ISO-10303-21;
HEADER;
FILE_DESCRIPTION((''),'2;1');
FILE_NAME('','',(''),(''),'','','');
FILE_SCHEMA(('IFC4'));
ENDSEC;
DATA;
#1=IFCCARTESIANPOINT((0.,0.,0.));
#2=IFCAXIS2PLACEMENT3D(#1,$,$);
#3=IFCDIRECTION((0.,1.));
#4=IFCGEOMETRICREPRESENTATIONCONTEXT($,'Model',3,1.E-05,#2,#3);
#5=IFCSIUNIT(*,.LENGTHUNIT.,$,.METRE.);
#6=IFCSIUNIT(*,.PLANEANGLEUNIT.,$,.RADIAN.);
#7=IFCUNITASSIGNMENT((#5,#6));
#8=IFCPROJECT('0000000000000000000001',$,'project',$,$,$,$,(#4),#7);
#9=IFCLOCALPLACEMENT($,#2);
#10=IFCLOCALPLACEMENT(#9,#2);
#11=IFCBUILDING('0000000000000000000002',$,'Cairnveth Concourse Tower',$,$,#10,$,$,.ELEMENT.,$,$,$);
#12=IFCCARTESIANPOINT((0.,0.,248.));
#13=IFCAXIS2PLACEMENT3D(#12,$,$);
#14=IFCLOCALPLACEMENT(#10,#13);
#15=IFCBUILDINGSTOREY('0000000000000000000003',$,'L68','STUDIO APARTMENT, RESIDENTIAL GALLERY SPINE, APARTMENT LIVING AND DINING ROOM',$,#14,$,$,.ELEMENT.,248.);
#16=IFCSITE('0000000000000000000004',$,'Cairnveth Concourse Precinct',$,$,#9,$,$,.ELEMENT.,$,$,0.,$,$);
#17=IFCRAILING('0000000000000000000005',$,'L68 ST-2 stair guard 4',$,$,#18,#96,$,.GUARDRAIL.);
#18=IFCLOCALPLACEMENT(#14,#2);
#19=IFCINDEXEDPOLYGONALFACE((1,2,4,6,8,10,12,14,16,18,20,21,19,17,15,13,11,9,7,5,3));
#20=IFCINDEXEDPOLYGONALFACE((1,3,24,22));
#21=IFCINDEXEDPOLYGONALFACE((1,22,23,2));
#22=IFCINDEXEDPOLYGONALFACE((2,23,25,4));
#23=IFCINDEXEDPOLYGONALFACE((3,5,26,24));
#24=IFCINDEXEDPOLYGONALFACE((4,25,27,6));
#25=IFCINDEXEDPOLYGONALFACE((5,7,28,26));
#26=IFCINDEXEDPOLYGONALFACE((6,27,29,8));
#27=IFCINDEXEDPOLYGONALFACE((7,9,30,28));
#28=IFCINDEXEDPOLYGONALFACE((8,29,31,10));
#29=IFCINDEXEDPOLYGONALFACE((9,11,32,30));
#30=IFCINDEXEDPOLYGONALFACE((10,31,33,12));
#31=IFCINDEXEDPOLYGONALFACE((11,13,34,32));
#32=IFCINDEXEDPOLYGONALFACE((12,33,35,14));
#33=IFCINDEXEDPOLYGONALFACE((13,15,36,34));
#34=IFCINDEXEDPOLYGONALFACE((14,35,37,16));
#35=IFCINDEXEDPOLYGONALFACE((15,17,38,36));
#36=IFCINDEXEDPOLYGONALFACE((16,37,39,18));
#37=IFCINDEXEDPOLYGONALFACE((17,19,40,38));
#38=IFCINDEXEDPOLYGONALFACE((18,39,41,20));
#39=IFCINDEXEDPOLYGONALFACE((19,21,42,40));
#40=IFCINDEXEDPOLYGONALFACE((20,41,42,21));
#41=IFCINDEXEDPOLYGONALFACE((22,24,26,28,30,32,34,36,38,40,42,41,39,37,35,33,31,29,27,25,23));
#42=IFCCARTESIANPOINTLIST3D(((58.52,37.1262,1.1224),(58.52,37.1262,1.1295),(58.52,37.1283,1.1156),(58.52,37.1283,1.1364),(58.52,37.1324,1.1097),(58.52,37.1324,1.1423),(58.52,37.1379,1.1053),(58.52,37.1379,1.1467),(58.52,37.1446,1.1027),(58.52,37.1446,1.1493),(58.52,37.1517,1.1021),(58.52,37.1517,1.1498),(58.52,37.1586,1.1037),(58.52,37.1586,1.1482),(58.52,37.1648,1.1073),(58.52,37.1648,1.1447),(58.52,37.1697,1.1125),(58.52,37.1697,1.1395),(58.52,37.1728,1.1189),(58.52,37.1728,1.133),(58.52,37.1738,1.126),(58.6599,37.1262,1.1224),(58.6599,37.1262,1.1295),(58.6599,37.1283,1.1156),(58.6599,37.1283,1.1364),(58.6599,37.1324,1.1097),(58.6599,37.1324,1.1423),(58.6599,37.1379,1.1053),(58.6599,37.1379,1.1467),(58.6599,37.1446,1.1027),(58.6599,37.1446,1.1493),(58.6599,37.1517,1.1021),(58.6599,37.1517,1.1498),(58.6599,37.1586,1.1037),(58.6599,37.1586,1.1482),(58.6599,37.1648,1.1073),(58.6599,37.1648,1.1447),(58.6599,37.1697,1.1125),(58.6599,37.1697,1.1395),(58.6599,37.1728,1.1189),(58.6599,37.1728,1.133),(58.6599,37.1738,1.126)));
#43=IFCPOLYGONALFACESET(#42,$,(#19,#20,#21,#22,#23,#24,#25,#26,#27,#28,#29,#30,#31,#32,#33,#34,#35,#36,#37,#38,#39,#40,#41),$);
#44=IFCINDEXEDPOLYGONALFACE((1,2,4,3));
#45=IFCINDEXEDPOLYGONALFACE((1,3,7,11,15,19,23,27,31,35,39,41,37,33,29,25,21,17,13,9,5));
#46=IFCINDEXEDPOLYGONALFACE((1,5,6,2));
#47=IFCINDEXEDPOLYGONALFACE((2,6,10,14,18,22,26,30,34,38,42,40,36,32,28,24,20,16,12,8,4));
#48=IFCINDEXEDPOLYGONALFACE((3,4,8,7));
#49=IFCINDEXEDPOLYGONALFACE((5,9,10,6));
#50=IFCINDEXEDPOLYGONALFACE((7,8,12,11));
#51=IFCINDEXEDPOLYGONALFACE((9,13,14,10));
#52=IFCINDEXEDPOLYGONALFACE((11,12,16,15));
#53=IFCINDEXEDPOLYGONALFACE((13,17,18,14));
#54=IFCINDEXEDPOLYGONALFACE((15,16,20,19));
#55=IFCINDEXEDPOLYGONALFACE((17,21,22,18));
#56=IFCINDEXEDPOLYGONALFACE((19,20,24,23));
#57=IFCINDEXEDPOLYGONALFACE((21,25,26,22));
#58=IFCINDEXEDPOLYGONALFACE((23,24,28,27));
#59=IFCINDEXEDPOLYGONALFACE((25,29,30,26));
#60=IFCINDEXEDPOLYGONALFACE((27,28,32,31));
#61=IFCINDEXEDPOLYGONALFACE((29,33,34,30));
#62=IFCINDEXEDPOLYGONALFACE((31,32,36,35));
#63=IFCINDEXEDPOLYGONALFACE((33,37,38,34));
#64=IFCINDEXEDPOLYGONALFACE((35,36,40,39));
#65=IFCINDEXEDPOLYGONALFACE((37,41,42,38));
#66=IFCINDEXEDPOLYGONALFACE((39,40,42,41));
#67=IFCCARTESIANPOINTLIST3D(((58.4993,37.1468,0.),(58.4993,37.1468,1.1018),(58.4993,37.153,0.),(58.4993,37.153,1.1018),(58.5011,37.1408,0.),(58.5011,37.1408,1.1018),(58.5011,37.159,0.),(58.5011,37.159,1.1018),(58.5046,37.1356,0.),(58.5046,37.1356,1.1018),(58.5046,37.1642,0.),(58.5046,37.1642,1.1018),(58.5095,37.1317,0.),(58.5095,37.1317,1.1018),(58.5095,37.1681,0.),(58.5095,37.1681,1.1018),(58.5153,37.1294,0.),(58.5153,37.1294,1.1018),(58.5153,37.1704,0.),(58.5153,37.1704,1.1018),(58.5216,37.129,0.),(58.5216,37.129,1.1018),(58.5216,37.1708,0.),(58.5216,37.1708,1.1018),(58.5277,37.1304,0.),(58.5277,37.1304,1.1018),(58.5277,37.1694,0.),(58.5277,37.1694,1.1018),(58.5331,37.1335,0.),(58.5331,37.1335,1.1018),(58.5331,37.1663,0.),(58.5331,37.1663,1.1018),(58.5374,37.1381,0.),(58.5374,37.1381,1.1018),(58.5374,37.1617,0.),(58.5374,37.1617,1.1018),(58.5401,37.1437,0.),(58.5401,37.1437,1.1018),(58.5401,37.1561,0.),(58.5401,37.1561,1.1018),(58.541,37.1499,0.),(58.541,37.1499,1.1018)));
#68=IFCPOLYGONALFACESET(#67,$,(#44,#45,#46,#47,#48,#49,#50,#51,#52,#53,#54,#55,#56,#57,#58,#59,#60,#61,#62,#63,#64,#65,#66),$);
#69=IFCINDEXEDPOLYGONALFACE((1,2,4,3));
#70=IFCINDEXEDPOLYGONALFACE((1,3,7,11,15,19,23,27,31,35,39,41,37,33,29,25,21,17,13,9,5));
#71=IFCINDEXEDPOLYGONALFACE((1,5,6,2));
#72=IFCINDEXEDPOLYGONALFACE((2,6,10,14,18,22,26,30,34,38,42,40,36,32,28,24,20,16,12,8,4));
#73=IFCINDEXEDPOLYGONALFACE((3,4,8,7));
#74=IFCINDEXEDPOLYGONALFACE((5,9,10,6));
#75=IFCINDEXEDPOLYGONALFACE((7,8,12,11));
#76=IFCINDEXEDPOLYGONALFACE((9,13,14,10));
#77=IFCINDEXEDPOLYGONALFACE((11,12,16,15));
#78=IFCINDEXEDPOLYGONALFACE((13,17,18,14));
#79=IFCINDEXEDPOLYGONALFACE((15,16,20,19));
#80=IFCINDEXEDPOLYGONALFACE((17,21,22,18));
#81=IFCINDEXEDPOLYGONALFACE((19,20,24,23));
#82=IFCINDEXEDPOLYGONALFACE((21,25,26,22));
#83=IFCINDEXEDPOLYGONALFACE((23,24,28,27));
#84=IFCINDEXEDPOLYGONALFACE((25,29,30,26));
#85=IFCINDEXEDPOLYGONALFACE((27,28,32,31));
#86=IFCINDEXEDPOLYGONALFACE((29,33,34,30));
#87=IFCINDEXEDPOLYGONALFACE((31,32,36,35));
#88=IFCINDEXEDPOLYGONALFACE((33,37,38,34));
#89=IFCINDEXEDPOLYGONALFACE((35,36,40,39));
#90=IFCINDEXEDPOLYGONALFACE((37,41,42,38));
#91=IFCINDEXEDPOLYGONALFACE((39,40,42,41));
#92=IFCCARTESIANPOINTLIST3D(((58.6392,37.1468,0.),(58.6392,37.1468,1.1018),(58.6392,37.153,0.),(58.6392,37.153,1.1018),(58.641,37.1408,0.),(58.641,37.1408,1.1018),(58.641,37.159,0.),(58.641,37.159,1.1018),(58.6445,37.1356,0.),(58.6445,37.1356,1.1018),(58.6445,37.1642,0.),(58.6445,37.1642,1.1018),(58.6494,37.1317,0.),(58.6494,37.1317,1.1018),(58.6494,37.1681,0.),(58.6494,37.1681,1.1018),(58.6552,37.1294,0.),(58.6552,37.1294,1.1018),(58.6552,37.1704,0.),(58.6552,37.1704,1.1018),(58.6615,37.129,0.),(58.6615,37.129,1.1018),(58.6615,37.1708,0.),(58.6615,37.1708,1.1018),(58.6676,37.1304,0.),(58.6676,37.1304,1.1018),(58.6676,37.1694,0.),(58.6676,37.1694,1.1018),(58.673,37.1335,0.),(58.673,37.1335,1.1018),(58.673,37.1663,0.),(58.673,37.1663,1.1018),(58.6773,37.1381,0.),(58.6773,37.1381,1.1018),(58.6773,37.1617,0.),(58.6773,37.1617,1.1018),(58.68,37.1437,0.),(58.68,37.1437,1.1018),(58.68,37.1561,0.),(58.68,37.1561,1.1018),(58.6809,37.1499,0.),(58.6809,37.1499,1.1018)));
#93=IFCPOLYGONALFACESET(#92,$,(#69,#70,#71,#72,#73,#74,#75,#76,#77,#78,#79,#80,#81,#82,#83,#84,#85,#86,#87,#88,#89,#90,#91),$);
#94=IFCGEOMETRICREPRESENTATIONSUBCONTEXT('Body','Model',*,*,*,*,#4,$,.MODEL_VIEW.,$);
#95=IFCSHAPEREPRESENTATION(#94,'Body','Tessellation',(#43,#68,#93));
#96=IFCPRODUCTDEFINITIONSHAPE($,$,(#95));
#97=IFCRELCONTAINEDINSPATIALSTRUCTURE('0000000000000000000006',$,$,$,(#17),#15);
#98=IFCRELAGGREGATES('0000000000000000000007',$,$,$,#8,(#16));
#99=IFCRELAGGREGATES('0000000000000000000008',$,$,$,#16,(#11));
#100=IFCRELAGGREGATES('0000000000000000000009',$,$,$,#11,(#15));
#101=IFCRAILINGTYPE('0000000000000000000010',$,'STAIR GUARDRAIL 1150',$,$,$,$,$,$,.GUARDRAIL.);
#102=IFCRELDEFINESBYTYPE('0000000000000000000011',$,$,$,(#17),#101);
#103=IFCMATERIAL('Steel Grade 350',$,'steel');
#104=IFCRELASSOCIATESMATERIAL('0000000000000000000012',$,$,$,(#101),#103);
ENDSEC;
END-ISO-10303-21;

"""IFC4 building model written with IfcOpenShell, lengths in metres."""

from ifc_helpers import new_model, si_unit, direction, frame, origin, origin_2d, place, context, subcontext, project, spatial, circle, extrude, material, type_object, element, save


model = new_model("IFC4")

# Units and contexts
model_context = context("Model", 3, precision=1e-05, world=origin(), true_north=direction((0.0, 1.0)))
body_context = subcontext(model_context, "Body", "Model", "MODEL_VIEW")
ifc_project = project(units=[si_unit("LENGTHUNIT", "METRE"), si_unit("PLANEANGLEUNIT", "RADIAN")], contexts=[model_context])

# Site, building, storey
site_placement = place(None, origin())
site = spatial("IfcSite", under=ifc_project, at=site_placement, Name="Cairnveth Concourse Precinct", CompositionType="ELEMENT", RefElevation=0.0)
building_placement = place(site_placement, origin())
building = spatial("IfcBuilding", under=site, at=building_placement, Name="Cairnveth Concourse Tower", CompositionType="ELEMENT")
storey_placement = place(building_placement, frame((0.0, 0.0, 248.0)))
storey = spatial("IfcBuildingStorey", under=building, at=storey_placement, Name="L68", Description="STUDIO APARTMENT, RESIDENTIAL GALLERY SPINE, APARTMENT LIVING AND DINING ROOM", CompositionType="ELEMENT", Elevation=248.0)

# Shared definitions
ifc_material_1 = material(Name="Steel Grade 350", Category="steel")

# Railing
railing_type_1 = type_object("IfcRailingType", Name="STAIR GUARDRAIL 1150", PredefinedType="GUARDRAIL", material=ifc_material_1)
railing_1_placement = place(storey_placement, frame((58.52, 37.1499, 0.0)))
element("IfcRailing", 1, at=railing_1_placement, inside=storey, type_object=railing_type_1, Name="L68 ST-2 stair guard 4", PredefinedType="GUARDRAIL", context=body_context, shape_type="SweptSolid", body=[
    extrude(circle(Radius=0.0239, at=origin_2d()), frame((0.0, 0.0, 1.126), z_axis=(1.0, 0.0, 0.0), x_axis=(0.0, 1.0, 0.0)), (0.0, 0.0, 1.0), 0.1399),
    extrude(circle(Radius=0.021, at=origin_2d()), origin(), (0.0, 0.0, 1.0), 1.1018),
    extrude(circle(Radius=0.021, at=origin_2d()), frame((0.1399, 0.0, 0.0)), (0.0, 0.0, 1.0), 1.1018),
])

save(model, "model.ifc")
